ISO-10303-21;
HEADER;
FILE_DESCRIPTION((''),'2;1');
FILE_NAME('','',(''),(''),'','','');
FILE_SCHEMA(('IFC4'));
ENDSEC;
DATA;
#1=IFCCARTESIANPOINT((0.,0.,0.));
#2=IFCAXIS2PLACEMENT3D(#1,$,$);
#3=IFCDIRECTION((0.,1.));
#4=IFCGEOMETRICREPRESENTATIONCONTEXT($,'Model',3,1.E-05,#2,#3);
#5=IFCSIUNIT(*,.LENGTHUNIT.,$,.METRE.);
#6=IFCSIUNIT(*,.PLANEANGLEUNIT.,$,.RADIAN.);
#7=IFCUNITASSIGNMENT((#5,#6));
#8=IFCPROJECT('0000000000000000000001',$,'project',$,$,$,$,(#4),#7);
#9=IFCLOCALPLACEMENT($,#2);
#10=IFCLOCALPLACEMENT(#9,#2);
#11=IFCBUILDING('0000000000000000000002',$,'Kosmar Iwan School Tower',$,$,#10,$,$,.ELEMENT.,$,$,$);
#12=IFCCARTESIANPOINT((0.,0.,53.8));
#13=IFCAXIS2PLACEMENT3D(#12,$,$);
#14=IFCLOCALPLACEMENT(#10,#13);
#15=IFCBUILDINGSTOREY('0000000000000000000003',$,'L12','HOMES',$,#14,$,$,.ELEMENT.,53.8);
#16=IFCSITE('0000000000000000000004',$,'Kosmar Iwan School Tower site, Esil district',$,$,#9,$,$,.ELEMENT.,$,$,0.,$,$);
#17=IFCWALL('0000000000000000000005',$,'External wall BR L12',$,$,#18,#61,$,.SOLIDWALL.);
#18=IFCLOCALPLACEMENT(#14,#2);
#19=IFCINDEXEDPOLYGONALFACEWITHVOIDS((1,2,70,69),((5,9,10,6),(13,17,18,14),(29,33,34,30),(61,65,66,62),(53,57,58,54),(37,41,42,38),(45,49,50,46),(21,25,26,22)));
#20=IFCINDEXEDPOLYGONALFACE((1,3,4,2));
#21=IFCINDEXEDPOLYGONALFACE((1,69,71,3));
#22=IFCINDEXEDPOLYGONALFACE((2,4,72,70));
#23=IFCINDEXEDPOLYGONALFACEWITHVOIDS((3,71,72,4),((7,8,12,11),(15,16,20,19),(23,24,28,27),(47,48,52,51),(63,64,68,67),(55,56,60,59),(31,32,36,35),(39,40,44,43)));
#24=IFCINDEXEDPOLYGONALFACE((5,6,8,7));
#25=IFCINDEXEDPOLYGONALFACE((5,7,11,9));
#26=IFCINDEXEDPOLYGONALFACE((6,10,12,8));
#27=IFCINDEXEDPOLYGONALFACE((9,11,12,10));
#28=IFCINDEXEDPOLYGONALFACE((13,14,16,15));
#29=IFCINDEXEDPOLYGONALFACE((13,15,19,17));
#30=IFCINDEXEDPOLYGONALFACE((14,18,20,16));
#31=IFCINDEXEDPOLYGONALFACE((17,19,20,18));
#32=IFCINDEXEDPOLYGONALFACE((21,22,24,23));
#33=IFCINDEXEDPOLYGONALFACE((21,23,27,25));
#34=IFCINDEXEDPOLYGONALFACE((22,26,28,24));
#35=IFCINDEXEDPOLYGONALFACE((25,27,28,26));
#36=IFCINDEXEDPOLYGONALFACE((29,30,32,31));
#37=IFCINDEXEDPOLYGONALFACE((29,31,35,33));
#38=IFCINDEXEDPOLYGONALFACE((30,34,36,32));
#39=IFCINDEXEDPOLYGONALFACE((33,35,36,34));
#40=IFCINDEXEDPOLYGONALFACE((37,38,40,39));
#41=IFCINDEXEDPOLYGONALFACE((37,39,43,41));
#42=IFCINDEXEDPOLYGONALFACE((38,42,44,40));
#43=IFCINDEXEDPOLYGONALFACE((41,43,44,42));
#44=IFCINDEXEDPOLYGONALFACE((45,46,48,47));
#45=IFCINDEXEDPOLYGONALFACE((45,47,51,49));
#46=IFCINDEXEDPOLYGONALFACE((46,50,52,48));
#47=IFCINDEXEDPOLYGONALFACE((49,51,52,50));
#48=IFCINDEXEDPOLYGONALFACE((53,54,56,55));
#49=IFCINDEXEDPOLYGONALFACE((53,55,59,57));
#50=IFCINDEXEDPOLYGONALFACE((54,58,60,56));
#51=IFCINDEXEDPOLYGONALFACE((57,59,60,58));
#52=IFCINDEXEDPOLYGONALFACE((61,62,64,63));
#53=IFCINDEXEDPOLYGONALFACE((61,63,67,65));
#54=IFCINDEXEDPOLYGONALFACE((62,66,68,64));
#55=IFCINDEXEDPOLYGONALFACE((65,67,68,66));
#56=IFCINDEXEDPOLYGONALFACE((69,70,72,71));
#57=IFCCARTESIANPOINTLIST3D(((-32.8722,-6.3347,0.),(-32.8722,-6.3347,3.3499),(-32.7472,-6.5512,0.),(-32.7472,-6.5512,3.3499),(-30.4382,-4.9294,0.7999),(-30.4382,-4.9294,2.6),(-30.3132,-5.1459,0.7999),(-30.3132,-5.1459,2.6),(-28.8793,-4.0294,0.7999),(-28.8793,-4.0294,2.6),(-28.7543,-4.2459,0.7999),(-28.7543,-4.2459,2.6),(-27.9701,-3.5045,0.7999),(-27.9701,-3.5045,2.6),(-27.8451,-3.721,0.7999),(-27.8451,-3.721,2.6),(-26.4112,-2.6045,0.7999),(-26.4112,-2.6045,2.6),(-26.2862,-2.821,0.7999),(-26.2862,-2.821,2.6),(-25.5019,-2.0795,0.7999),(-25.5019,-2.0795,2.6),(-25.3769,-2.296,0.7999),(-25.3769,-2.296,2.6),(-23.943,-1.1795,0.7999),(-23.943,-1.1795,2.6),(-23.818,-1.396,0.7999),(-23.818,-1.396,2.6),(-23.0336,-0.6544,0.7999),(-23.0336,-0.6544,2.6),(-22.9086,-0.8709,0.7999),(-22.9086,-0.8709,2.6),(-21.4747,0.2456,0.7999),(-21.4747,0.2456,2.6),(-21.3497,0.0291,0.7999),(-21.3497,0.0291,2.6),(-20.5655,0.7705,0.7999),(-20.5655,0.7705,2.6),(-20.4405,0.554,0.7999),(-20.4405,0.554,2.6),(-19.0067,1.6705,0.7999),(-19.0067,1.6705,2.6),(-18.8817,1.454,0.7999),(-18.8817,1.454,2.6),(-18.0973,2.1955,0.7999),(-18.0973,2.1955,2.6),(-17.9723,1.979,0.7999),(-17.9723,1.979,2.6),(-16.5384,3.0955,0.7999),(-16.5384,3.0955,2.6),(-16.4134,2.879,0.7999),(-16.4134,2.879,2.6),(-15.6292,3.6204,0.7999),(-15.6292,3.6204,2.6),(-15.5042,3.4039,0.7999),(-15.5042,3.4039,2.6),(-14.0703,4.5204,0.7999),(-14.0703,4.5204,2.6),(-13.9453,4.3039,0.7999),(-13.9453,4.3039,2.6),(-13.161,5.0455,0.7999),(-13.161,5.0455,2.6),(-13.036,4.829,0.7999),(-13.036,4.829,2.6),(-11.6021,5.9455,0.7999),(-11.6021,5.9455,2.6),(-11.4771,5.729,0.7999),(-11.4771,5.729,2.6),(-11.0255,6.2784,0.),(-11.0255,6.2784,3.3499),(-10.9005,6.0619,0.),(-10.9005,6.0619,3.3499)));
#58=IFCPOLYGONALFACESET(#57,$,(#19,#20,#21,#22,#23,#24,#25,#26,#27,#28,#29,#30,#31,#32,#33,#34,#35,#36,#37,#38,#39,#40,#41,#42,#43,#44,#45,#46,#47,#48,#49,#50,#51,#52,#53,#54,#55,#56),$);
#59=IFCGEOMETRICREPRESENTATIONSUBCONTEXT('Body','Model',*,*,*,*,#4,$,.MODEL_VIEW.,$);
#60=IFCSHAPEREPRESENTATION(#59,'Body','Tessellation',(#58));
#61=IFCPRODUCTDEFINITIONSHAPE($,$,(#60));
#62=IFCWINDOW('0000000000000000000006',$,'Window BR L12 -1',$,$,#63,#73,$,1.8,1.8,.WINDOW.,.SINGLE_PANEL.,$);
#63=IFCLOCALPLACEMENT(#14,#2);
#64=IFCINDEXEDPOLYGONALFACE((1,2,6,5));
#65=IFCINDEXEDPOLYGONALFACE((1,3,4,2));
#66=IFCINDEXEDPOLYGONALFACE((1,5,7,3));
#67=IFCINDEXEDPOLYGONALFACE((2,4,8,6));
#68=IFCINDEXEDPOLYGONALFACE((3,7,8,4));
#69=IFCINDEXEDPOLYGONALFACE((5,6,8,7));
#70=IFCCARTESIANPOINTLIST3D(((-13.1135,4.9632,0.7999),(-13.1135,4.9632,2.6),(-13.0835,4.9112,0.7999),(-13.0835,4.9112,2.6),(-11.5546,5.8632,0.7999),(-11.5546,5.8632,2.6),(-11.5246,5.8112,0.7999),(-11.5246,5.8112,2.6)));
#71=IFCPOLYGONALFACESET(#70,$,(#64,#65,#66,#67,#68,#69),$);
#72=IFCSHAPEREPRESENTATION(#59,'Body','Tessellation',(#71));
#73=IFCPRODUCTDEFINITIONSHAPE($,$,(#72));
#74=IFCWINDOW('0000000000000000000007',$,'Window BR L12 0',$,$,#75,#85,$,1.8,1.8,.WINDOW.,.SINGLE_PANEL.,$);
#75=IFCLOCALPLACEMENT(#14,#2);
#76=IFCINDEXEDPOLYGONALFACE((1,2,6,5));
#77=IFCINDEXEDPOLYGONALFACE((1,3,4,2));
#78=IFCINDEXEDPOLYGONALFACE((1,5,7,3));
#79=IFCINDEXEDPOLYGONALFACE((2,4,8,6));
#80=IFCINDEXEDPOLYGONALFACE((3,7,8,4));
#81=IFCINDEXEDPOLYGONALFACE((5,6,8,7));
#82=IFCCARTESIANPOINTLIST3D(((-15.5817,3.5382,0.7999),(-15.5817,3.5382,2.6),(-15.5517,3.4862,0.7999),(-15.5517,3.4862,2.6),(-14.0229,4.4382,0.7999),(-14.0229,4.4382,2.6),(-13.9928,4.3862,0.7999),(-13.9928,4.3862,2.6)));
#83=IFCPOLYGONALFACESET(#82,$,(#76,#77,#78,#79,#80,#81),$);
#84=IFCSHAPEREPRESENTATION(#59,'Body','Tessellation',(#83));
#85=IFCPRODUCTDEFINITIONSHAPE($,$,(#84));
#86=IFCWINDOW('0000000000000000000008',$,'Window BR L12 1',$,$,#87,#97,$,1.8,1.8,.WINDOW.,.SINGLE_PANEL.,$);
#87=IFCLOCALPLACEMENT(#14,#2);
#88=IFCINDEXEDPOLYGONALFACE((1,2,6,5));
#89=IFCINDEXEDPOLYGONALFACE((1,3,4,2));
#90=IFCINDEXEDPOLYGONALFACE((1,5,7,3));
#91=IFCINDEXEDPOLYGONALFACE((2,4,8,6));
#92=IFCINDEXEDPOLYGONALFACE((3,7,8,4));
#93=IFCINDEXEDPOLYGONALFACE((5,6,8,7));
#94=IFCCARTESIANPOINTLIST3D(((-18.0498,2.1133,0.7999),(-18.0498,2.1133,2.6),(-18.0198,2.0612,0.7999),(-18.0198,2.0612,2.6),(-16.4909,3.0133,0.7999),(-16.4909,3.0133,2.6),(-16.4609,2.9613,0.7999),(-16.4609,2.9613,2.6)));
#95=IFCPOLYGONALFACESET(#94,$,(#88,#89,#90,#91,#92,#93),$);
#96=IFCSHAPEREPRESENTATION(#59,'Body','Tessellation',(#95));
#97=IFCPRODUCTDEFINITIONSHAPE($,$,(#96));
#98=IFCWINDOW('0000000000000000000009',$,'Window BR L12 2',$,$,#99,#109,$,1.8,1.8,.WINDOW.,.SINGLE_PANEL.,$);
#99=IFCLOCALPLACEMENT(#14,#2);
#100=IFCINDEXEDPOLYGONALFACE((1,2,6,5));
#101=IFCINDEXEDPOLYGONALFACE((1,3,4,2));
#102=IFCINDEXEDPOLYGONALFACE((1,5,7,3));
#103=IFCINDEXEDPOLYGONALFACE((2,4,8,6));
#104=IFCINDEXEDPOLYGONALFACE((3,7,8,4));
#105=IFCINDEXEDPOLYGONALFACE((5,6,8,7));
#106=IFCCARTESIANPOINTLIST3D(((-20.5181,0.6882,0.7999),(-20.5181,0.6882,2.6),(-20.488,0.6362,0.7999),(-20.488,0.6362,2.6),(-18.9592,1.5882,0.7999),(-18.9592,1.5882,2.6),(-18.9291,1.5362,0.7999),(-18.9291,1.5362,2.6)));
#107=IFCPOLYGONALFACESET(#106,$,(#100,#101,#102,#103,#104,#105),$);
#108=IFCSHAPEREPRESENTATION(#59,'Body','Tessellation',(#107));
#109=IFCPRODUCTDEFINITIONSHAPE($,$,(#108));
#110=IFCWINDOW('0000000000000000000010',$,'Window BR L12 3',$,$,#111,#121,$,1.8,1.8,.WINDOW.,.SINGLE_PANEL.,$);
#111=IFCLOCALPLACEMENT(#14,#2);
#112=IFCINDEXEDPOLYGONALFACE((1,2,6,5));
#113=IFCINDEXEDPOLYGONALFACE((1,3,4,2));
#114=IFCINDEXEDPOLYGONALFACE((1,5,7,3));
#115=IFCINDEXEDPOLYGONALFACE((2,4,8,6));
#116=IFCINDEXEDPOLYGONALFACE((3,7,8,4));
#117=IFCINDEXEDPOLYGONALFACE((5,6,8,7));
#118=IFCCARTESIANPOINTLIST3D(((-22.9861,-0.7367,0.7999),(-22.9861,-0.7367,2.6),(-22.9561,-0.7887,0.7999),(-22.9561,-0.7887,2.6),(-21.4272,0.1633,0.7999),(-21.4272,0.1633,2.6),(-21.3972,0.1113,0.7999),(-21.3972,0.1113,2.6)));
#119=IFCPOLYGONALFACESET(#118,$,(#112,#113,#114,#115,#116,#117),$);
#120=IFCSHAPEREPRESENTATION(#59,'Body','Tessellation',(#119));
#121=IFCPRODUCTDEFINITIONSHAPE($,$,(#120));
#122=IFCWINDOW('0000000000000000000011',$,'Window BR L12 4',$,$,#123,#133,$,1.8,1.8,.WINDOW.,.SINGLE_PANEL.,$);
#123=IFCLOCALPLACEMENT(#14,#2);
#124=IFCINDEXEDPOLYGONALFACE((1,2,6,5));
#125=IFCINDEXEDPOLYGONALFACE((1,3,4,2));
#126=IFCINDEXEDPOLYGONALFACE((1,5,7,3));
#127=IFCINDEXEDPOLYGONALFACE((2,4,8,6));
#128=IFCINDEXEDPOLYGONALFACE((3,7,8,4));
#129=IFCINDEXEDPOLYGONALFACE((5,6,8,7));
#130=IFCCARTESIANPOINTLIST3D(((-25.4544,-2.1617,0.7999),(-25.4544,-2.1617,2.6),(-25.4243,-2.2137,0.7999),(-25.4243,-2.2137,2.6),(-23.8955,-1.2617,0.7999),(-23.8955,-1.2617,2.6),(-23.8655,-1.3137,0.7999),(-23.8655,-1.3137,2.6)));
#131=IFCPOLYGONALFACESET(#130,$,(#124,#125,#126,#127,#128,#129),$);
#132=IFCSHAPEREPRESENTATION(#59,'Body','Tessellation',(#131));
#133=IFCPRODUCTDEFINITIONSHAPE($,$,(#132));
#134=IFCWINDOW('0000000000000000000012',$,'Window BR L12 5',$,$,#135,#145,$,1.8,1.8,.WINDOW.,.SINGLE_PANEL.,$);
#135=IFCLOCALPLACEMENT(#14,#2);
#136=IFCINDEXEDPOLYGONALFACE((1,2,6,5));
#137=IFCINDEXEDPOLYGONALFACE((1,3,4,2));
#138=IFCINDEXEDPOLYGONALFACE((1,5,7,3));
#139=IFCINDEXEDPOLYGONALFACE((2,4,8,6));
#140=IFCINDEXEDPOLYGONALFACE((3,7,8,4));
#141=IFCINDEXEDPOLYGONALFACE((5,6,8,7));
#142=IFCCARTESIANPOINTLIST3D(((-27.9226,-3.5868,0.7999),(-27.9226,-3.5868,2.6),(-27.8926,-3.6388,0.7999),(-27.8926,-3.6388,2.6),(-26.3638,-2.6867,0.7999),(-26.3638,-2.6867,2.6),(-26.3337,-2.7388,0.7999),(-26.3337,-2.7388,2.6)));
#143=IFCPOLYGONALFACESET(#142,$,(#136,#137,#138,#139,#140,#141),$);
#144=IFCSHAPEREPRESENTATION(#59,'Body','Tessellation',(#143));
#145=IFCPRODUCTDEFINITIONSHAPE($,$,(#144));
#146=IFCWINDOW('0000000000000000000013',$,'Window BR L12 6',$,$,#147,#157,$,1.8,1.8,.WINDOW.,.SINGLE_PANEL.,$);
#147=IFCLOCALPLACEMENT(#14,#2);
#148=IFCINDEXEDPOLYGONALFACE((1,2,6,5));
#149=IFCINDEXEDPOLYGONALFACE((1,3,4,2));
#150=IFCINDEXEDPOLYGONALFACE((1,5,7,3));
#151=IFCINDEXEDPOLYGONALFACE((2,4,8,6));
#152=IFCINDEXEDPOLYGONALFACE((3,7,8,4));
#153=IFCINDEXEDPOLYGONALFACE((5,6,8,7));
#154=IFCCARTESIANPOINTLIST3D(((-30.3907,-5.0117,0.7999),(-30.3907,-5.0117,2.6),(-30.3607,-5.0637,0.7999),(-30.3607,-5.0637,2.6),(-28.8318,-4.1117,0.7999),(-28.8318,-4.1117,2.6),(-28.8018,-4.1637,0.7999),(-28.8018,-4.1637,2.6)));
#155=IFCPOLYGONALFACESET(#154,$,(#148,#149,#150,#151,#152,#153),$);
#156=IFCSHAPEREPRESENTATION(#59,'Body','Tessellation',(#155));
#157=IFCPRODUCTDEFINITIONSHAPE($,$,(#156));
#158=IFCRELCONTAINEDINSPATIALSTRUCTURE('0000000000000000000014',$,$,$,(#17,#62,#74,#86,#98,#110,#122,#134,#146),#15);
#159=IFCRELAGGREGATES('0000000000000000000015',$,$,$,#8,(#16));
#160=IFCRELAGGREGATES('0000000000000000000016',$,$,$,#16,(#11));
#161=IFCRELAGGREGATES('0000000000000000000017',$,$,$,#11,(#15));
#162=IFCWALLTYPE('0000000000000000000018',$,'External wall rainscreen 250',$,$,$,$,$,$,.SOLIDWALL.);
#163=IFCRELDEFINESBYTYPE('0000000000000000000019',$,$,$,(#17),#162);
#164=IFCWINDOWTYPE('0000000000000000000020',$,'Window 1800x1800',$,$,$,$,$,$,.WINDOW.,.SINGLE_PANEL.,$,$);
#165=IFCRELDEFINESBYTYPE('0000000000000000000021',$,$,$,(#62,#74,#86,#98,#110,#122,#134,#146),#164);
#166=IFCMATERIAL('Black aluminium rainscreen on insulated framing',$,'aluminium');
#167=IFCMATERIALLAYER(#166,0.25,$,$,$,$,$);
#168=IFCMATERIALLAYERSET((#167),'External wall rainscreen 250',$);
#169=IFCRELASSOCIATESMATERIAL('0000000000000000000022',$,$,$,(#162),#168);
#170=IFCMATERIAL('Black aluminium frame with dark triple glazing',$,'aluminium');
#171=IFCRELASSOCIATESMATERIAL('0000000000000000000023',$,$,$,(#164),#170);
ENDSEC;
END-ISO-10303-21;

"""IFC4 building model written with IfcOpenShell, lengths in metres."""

from ifc_helpers import new_model, si_unit, direction, frame, frame_2d, origin, place, context, subcontext, project, spatial, rectangle, extrude, material, layer, layer_set, type_object, element, fill, save


model = new_model("IFC4")

# Units and contexts
model_context = context("Model", 3, precision=1e-05, world=origin(), true_north=direction((0.0, 1.0)))
body_context = subcontext(model_context, "Body", "Model", "MODEL_VIEW")
ifc_project = project(units=[si_unit("LENGTHUNIT", "METRE"), si_unit("PLANEANGLEUNIT", "RADIAN")], contexts=[model_context])

# Site, building, storey
site_placement = place(None, origin())
site = spatial("IfcSite", under=ifc_project, at=site_placement, Name="Kosmar Iwan School Tower site, Esil district", CompositionType="ELEMENT", RefElevation=0.0)
building_placement = place(site_placement, origin())
building = spatial("IfcBuilding", under=site, at=building_placement, Name="Kosmar Iwan School Tower", CompositionType="ELEMENT")
storey_placement = place(building_placement, frame((0.0, 0.0, 53.8)))
storey = spatial("IfcBuildingStorey", under=building, at=storey_placement, Name="L12", Description="HOMES", CompositionType="ELEMENT", Elevation=53.8)

# Wall, openings, windows
ifc_material_1 = material(Name="Black aluminium rainscreen on insulated framing", Category="aluminium")
ifc_layer = layer(ifc_material_1, 0.25)
ifc_layer_set = layer_set([ifc_layer], Name="External wall rainscreen 250")
wall_type = type_object("IfcWallType", Name="External wall rainscreen 250", PredefinedType="SOLIDWALL", material=ifc_layer_set)
ifc_material_2 = material(Name="Black aluminium frame with dark triple glazing", Category="aluminium")
window_type = type_object("IfcWindowType", Name="Window 1800x1800", PartitioningType="SINGLE_PANEL", PredefinedType="WINDOW", material=ifc_material_2)
wall_1_placement = place(storey_placement, frame((-10.9629, 6.1702, 0.0), z_axis=(0.0, 0.0, 1.0), x_axis=(-0.866028, -0.499996, 0.0)))
wall_1 = element("IfcWall", 1, at=wall_1_placement, inside=storey, type_object=wall_type, Name="External wall BR L12", PredefinedType="SOLIDWALL", context=body_context, shape_type="SweptSolid", body=[
    extrude(rectangle(XDim=25.2263, YDim=0.25, at=frame_2d((12.6133, 0.0))), origin(), (0.0, 0.0, 1.0), 3.3499),
])
opening_1_placement = place(wall_1_placement, frame((0.666, 0.0, 0.8)))
opening_1 = element("IfcOpeningElement", 2, at=opening_1_placement, cuts=wall_1, PredefinedType="OPENING", context=body_context, shape_type="SweptSolid", body=[
    extrude(rectangle(XDim=1.8, YDim=1.8, at=frame_2d((0.8999, 0.8999))), frame((0.0, 0.137, 0.0), z_axis=(0.0, -1.0, 0.0), x_axis=(1.0, 0.0, 0.0)), (0.0, 0.0, 1.0), 0.2739),
])
opening_2_placement = place(wall_1_placement, frame((3.5161, 0.0, 0.8)))
opening_2 = element("IfcOpeningElement", 3, at=opening_2_placement, cuts=wall_1, PredefinedType="OPENING", context=body_context, shape_type="SweptSolid", body=[
    extrude(rectangle(XDim=1.8, YDim=1.8, at=frame_2d((0.8999, 0.8999))), frame((0.0, 0.137, 0.0), z_axis=(0.0, -1.0, 0.0), x_axis=(1.0, 0.0, 0.0)), (0.0, 0.0, 1.0), 0.2739),
])
opening_3_placement = place(wall_1_placement, frame((6.366, 0.0, 0.8)))
opening_3 = element("IfcOpeningElement", 4, at=opening_3_placement, cuts=wall_1, PredefinedType="OPENING", context=body_context, shape_type="SweptSolid", body=[
    extrude(rectangle(XDim=1.8, YDim=1.8, at=frame_2d((0.8999, 0.8999))), frame((0.0, 0.137, 0.0), z_axis=(0.0, -1.0, 0.0), x_axis=(1.0, 0.0, 0.0)), (0.0, 0.0, 1.0), 0.2739),
])
opening_4_placement = place(wall_1_placement, frame((9.2161, 0.0, 0.8)))
opening_4 = element("IfcOpeningElement", 5, at=opening_4_placement, cuts=wall_1, PredefinedType="OPENING", context=body_context, shape_type="SweptSolid", body=[
    extrude(rectangle(XDim=1.8, YDim=1.8, at=frame_2d((0.8999, 0.8999))), frame((0.0, 0.137, 0.0), z_axis=(0.0, -1.0, 0.0), x_axis=(1.0, 0.0, 0.0)), (0.0, 0.0, 1.0), 0.2739),
])
opening_5_placement = place(wall_1_placement, frame((12.0659, 0.0, 0.8)))
opening_5 = element("IfcOpeningElement", 6, at=opening_5_placement, cuts=wall_1, PredefinedType="OPENING", context=body_context, shape_type="SweptSolid", body=[
    extrude(rectangle(XDim=1.8, YDim=1.8, at=frame_2d((0.8999, 0.8999))), frame((0.0, 0.137, 0.0), z_axis=(0.0, -1.0, 0.0), x_axis=(1.0, 0.0, 0.0)), (0.0, 0.0, 1.0), 0.2739),
])
opening_6_placement = place(wall_1_placement, frame((14.916, 0.0, 0.8)))
opening_6 = element("IfcOpeningElement", 7, at=opening_6_placement, cuts=wall_1, PredefinedType="OPENING", context=body_context, shape_type="SweptSolid", body=[
    extrude(rectangle(XDim=1.8, YDim=1.8, at=frame_2d((0.8999, 0.8999))), frame((0.0, 0.137, 0.0), z_axis=(0.0, -1.0, 0.0), x_axis=(1.0, 0.0, 0.0)), (0.0, 0.0, 1.0), 0.2739),
])
opening_7_placement = place(wall_1_placement, frame((17.7661, 0.0, 0.8)))
opening_7 = element("IfcOpeningElement", 8, at=opening_7_placement, cuts=wall_1, PredefinedType="OPENING", context=body_context, shape_type="SweptSolid", body=[
    extrude(rectangle(XDim=1.8, YDim=1.8, at=frame_2d((0.8999, 0.8999))), frame((0.0, 0.137, 0.0), z_axis=(0.0, -1.0, 0.0), x_axis=(1.0, 0.0, 0.0)), (0.0, 0.0, 1.0), 0.2739),
])
opening_8_placement = place(wall_1_placement, frame((20.616, 0.0, 0.8)))
opening_8 = element("IfcOpeningElement", 9, at=opening_8_placement, cuts=wall_1, PredefinedType="OPENING", context=body_context, shape_type="SweptSolid", body=[
    extrude(rectangle(XDim=1.8, YDim=1.8, at=frame_2d((0.8999, 0.8999))), frame((0.0, 0.137, 0.0), z_axis=(0.0, -1.0, 0.0), x_axis=(1.0, 0.0, 0.0)), (0.0, 0.0, 1.0), 0.2739),
])
window_1_placement = place(opening_1_placement, origin())
window_1 = element("IfcWindow", 10, at=window_1_placement, inside=storey, type_object=window_type, Name="Window BR L12 -1", OverallHeight=1.8, OverallWidth=1.8, PartitioningType="SINGLE_PANEL", PredefinedType="WINDOW", context=body_context, shape_type="SweptSolid", body=[
    extrude(rectangle(XDim=1.8, YDim=1.8, at=frame_2d((0.8999, 0.8999))), frame((0.0, 0.03, 0.0), z_axis=(0.0, -1.0, 0.0), x_axis=(1.0, 0.0, 0.0)), (0.0, 0.0, 1.0), 0.0601),
])
fill(opening_1, window_1)
window_2_placement = place(opening_2_placement, origin())
window_2 = element("IfcWindow", 11, at=window_2_placement, inside=storey, type_object=window_type, Name="Window BR L12 0", OverallHeight=1.8, OverallWidth=1.8, PartitioningType="SINGLE_PANEL", PredefinedType="WINDOW", context=body_context, shape_type="SweptSolid", body=[
    extrude(rectangle(XDim=1.8, YDim=1.8, at=frame_2d((0.8999, 0.8999))), frame((0.0, 0.03, 0.0), z_axis=(0.0, -1.0, 0.0), x_axis=(1.0, 0.0, 0.0)), (0.0, 0.0, 1.0), 0.0601),
])
fill(opening_2, window_2)
window_3_placement = place(opening_3_placement, origin())
window_3 = element("IfcWindow", 12, at=window_3_placement, inside=storey, type_object=window_type, Name="Window BR L12 1", OverallHeight=1.8, OverallWidth=1.8, PartitioningType="SINGLE_PANEL", PredefinedType="WINDOW", context=body_context, shape_type="SweptSolid", body=[
    extrude(rectangle(XDim=1.8, YDim=1.8, at=frame_2d((0.8999, 0.8999))), frame((0.0, 0.03, 0.0), z_axis=(0.0, -1.0, 0.0), x_axis=(1.0, 0.0, 0.0)), (0.0, 0.0, 1.0), 0.0601),
])
fill(opening_3, window_3)
window_4_placement = place(opening_4_placement, origin())
window_4 = element("IfcWindow", 13, at=window_4_placement, inside=storey, type_object=window_type, Name="Window BR L12 2", OverallHeight=1.8, OverallWidth=1.8, PartitioningType="SINGLE_PANEL", PredefinedType="WINDOW", context=body_context, shape_type="SweptSolid", body=[
    extrude(rectangle(XDim=1.8, YDim=1.8, at=frame_2d((0.8999, 0.8999))), frame((0.0, 0.03, 0.0), z_axis=(0.0, -1.0, 0.0), x_axis=(1.0, 0.0, 0.0)), (0.0, 0.0, 1.0), 0.0601),
])
fill(opening_4, window_4)
window_5_placement = place(opening_5_placement, origin())
window_5 = element("IfcWindow", 14, at=window_5_placement, inside=storey, type_object=window_type, Name="Window BR L12 3", OverallHeight=1.8, OverallWidth=1.8, PartitioningType="SINGLE_PANEL", PredefinedType="WINDOW", context=body_context, shape_type="SweptSolid", body=[
    extrude(rectangle(XDim=1.8, YDim=1.8, at=frame_2d((0.8999, 0.8999))), frame((0.0, 0.03, 0.0), z_axis=(0.0, -1.0, 0.0), x_axis=(1.0, 0.0, 0.0)), (0.0, 0.0, 1.0), 0.0601),
])
fill(opening_5, window_5)
window_6_placement = place(opening_6_placement, origin())
window_6 = element("IfcWindow", 15, at=window_6_placement, inside=storey, type_object=window_type, Name="Window BR L12 4", OverallHeight=1.8, OverallWidth=1.8, PartitioningType="SINGLE_PANEL", PredefinedType="WINDOW", context=body_context, shape_type="SweptSolid", body=[
    extrude(rectangle(XDim=1.8, YDim=1.8, at=frame_2d((0.8999, 0.8999))), frame((0.0, 0.03, 0.0), z_axis=(0.0, -1.0, 0.0), x_axis=(1.0, 0.0, 0.0)), (0.0, 0.0, 1.0), 0.0601),
])
fill(opening_6, window_6)
window_7_placement = place(opening_7_placement, origin())
window_7 = element("IfcWindow", 16, at=window_7_placement, inside=storey, type_object=window_type, Name="Window BR L12 5", OverallHeight=1.8, OverallWidth=1.8, PartitioningType="SINGLE_PANEL", PredefinedType="WINDOW", context=body_context, shape_type="SweptSolid", body=[
    extrude(rectangle(XDim=1.8, YDim=1.8, at=frame_2d((0.8999, 0.8999))), frame((0.0, 0.03, 0.0), z_axis=(0.0, -1.0, 0.0), x_axis=(1.0, 0.0, 0.0)), (0.0, 0.0, 1.0), 0.0601),
])
fill(opening_7, window_7)
window_8_placement = place(opening_8_placement, origin())
window_8 = element("IfcWindow", 17, at=window_8_placement, inside=storey, type_object=window_type, Name="Window BR L12 6", OverallHeight=1.8, OverallWidth=1.8, PartitioningType="SINGLE_PANEL", PredefinedType="WINDOW", context=body_context, shape_type="SweptSolid", body=[
    extrude(rectangle(XDim=1.8, YDim=1.8, at=frame_2d((0.8999, 0.8999))), frame((0.0, 0.03, 0.0), z_axis=(0.0, -1.0, 0.0), x_axis=(1.0, 0.0, 0.0)), (0.0, 0.0, 1.0), 0.0601),
])
fill(opening_8, window_8)

save(model, "model.ifc")
